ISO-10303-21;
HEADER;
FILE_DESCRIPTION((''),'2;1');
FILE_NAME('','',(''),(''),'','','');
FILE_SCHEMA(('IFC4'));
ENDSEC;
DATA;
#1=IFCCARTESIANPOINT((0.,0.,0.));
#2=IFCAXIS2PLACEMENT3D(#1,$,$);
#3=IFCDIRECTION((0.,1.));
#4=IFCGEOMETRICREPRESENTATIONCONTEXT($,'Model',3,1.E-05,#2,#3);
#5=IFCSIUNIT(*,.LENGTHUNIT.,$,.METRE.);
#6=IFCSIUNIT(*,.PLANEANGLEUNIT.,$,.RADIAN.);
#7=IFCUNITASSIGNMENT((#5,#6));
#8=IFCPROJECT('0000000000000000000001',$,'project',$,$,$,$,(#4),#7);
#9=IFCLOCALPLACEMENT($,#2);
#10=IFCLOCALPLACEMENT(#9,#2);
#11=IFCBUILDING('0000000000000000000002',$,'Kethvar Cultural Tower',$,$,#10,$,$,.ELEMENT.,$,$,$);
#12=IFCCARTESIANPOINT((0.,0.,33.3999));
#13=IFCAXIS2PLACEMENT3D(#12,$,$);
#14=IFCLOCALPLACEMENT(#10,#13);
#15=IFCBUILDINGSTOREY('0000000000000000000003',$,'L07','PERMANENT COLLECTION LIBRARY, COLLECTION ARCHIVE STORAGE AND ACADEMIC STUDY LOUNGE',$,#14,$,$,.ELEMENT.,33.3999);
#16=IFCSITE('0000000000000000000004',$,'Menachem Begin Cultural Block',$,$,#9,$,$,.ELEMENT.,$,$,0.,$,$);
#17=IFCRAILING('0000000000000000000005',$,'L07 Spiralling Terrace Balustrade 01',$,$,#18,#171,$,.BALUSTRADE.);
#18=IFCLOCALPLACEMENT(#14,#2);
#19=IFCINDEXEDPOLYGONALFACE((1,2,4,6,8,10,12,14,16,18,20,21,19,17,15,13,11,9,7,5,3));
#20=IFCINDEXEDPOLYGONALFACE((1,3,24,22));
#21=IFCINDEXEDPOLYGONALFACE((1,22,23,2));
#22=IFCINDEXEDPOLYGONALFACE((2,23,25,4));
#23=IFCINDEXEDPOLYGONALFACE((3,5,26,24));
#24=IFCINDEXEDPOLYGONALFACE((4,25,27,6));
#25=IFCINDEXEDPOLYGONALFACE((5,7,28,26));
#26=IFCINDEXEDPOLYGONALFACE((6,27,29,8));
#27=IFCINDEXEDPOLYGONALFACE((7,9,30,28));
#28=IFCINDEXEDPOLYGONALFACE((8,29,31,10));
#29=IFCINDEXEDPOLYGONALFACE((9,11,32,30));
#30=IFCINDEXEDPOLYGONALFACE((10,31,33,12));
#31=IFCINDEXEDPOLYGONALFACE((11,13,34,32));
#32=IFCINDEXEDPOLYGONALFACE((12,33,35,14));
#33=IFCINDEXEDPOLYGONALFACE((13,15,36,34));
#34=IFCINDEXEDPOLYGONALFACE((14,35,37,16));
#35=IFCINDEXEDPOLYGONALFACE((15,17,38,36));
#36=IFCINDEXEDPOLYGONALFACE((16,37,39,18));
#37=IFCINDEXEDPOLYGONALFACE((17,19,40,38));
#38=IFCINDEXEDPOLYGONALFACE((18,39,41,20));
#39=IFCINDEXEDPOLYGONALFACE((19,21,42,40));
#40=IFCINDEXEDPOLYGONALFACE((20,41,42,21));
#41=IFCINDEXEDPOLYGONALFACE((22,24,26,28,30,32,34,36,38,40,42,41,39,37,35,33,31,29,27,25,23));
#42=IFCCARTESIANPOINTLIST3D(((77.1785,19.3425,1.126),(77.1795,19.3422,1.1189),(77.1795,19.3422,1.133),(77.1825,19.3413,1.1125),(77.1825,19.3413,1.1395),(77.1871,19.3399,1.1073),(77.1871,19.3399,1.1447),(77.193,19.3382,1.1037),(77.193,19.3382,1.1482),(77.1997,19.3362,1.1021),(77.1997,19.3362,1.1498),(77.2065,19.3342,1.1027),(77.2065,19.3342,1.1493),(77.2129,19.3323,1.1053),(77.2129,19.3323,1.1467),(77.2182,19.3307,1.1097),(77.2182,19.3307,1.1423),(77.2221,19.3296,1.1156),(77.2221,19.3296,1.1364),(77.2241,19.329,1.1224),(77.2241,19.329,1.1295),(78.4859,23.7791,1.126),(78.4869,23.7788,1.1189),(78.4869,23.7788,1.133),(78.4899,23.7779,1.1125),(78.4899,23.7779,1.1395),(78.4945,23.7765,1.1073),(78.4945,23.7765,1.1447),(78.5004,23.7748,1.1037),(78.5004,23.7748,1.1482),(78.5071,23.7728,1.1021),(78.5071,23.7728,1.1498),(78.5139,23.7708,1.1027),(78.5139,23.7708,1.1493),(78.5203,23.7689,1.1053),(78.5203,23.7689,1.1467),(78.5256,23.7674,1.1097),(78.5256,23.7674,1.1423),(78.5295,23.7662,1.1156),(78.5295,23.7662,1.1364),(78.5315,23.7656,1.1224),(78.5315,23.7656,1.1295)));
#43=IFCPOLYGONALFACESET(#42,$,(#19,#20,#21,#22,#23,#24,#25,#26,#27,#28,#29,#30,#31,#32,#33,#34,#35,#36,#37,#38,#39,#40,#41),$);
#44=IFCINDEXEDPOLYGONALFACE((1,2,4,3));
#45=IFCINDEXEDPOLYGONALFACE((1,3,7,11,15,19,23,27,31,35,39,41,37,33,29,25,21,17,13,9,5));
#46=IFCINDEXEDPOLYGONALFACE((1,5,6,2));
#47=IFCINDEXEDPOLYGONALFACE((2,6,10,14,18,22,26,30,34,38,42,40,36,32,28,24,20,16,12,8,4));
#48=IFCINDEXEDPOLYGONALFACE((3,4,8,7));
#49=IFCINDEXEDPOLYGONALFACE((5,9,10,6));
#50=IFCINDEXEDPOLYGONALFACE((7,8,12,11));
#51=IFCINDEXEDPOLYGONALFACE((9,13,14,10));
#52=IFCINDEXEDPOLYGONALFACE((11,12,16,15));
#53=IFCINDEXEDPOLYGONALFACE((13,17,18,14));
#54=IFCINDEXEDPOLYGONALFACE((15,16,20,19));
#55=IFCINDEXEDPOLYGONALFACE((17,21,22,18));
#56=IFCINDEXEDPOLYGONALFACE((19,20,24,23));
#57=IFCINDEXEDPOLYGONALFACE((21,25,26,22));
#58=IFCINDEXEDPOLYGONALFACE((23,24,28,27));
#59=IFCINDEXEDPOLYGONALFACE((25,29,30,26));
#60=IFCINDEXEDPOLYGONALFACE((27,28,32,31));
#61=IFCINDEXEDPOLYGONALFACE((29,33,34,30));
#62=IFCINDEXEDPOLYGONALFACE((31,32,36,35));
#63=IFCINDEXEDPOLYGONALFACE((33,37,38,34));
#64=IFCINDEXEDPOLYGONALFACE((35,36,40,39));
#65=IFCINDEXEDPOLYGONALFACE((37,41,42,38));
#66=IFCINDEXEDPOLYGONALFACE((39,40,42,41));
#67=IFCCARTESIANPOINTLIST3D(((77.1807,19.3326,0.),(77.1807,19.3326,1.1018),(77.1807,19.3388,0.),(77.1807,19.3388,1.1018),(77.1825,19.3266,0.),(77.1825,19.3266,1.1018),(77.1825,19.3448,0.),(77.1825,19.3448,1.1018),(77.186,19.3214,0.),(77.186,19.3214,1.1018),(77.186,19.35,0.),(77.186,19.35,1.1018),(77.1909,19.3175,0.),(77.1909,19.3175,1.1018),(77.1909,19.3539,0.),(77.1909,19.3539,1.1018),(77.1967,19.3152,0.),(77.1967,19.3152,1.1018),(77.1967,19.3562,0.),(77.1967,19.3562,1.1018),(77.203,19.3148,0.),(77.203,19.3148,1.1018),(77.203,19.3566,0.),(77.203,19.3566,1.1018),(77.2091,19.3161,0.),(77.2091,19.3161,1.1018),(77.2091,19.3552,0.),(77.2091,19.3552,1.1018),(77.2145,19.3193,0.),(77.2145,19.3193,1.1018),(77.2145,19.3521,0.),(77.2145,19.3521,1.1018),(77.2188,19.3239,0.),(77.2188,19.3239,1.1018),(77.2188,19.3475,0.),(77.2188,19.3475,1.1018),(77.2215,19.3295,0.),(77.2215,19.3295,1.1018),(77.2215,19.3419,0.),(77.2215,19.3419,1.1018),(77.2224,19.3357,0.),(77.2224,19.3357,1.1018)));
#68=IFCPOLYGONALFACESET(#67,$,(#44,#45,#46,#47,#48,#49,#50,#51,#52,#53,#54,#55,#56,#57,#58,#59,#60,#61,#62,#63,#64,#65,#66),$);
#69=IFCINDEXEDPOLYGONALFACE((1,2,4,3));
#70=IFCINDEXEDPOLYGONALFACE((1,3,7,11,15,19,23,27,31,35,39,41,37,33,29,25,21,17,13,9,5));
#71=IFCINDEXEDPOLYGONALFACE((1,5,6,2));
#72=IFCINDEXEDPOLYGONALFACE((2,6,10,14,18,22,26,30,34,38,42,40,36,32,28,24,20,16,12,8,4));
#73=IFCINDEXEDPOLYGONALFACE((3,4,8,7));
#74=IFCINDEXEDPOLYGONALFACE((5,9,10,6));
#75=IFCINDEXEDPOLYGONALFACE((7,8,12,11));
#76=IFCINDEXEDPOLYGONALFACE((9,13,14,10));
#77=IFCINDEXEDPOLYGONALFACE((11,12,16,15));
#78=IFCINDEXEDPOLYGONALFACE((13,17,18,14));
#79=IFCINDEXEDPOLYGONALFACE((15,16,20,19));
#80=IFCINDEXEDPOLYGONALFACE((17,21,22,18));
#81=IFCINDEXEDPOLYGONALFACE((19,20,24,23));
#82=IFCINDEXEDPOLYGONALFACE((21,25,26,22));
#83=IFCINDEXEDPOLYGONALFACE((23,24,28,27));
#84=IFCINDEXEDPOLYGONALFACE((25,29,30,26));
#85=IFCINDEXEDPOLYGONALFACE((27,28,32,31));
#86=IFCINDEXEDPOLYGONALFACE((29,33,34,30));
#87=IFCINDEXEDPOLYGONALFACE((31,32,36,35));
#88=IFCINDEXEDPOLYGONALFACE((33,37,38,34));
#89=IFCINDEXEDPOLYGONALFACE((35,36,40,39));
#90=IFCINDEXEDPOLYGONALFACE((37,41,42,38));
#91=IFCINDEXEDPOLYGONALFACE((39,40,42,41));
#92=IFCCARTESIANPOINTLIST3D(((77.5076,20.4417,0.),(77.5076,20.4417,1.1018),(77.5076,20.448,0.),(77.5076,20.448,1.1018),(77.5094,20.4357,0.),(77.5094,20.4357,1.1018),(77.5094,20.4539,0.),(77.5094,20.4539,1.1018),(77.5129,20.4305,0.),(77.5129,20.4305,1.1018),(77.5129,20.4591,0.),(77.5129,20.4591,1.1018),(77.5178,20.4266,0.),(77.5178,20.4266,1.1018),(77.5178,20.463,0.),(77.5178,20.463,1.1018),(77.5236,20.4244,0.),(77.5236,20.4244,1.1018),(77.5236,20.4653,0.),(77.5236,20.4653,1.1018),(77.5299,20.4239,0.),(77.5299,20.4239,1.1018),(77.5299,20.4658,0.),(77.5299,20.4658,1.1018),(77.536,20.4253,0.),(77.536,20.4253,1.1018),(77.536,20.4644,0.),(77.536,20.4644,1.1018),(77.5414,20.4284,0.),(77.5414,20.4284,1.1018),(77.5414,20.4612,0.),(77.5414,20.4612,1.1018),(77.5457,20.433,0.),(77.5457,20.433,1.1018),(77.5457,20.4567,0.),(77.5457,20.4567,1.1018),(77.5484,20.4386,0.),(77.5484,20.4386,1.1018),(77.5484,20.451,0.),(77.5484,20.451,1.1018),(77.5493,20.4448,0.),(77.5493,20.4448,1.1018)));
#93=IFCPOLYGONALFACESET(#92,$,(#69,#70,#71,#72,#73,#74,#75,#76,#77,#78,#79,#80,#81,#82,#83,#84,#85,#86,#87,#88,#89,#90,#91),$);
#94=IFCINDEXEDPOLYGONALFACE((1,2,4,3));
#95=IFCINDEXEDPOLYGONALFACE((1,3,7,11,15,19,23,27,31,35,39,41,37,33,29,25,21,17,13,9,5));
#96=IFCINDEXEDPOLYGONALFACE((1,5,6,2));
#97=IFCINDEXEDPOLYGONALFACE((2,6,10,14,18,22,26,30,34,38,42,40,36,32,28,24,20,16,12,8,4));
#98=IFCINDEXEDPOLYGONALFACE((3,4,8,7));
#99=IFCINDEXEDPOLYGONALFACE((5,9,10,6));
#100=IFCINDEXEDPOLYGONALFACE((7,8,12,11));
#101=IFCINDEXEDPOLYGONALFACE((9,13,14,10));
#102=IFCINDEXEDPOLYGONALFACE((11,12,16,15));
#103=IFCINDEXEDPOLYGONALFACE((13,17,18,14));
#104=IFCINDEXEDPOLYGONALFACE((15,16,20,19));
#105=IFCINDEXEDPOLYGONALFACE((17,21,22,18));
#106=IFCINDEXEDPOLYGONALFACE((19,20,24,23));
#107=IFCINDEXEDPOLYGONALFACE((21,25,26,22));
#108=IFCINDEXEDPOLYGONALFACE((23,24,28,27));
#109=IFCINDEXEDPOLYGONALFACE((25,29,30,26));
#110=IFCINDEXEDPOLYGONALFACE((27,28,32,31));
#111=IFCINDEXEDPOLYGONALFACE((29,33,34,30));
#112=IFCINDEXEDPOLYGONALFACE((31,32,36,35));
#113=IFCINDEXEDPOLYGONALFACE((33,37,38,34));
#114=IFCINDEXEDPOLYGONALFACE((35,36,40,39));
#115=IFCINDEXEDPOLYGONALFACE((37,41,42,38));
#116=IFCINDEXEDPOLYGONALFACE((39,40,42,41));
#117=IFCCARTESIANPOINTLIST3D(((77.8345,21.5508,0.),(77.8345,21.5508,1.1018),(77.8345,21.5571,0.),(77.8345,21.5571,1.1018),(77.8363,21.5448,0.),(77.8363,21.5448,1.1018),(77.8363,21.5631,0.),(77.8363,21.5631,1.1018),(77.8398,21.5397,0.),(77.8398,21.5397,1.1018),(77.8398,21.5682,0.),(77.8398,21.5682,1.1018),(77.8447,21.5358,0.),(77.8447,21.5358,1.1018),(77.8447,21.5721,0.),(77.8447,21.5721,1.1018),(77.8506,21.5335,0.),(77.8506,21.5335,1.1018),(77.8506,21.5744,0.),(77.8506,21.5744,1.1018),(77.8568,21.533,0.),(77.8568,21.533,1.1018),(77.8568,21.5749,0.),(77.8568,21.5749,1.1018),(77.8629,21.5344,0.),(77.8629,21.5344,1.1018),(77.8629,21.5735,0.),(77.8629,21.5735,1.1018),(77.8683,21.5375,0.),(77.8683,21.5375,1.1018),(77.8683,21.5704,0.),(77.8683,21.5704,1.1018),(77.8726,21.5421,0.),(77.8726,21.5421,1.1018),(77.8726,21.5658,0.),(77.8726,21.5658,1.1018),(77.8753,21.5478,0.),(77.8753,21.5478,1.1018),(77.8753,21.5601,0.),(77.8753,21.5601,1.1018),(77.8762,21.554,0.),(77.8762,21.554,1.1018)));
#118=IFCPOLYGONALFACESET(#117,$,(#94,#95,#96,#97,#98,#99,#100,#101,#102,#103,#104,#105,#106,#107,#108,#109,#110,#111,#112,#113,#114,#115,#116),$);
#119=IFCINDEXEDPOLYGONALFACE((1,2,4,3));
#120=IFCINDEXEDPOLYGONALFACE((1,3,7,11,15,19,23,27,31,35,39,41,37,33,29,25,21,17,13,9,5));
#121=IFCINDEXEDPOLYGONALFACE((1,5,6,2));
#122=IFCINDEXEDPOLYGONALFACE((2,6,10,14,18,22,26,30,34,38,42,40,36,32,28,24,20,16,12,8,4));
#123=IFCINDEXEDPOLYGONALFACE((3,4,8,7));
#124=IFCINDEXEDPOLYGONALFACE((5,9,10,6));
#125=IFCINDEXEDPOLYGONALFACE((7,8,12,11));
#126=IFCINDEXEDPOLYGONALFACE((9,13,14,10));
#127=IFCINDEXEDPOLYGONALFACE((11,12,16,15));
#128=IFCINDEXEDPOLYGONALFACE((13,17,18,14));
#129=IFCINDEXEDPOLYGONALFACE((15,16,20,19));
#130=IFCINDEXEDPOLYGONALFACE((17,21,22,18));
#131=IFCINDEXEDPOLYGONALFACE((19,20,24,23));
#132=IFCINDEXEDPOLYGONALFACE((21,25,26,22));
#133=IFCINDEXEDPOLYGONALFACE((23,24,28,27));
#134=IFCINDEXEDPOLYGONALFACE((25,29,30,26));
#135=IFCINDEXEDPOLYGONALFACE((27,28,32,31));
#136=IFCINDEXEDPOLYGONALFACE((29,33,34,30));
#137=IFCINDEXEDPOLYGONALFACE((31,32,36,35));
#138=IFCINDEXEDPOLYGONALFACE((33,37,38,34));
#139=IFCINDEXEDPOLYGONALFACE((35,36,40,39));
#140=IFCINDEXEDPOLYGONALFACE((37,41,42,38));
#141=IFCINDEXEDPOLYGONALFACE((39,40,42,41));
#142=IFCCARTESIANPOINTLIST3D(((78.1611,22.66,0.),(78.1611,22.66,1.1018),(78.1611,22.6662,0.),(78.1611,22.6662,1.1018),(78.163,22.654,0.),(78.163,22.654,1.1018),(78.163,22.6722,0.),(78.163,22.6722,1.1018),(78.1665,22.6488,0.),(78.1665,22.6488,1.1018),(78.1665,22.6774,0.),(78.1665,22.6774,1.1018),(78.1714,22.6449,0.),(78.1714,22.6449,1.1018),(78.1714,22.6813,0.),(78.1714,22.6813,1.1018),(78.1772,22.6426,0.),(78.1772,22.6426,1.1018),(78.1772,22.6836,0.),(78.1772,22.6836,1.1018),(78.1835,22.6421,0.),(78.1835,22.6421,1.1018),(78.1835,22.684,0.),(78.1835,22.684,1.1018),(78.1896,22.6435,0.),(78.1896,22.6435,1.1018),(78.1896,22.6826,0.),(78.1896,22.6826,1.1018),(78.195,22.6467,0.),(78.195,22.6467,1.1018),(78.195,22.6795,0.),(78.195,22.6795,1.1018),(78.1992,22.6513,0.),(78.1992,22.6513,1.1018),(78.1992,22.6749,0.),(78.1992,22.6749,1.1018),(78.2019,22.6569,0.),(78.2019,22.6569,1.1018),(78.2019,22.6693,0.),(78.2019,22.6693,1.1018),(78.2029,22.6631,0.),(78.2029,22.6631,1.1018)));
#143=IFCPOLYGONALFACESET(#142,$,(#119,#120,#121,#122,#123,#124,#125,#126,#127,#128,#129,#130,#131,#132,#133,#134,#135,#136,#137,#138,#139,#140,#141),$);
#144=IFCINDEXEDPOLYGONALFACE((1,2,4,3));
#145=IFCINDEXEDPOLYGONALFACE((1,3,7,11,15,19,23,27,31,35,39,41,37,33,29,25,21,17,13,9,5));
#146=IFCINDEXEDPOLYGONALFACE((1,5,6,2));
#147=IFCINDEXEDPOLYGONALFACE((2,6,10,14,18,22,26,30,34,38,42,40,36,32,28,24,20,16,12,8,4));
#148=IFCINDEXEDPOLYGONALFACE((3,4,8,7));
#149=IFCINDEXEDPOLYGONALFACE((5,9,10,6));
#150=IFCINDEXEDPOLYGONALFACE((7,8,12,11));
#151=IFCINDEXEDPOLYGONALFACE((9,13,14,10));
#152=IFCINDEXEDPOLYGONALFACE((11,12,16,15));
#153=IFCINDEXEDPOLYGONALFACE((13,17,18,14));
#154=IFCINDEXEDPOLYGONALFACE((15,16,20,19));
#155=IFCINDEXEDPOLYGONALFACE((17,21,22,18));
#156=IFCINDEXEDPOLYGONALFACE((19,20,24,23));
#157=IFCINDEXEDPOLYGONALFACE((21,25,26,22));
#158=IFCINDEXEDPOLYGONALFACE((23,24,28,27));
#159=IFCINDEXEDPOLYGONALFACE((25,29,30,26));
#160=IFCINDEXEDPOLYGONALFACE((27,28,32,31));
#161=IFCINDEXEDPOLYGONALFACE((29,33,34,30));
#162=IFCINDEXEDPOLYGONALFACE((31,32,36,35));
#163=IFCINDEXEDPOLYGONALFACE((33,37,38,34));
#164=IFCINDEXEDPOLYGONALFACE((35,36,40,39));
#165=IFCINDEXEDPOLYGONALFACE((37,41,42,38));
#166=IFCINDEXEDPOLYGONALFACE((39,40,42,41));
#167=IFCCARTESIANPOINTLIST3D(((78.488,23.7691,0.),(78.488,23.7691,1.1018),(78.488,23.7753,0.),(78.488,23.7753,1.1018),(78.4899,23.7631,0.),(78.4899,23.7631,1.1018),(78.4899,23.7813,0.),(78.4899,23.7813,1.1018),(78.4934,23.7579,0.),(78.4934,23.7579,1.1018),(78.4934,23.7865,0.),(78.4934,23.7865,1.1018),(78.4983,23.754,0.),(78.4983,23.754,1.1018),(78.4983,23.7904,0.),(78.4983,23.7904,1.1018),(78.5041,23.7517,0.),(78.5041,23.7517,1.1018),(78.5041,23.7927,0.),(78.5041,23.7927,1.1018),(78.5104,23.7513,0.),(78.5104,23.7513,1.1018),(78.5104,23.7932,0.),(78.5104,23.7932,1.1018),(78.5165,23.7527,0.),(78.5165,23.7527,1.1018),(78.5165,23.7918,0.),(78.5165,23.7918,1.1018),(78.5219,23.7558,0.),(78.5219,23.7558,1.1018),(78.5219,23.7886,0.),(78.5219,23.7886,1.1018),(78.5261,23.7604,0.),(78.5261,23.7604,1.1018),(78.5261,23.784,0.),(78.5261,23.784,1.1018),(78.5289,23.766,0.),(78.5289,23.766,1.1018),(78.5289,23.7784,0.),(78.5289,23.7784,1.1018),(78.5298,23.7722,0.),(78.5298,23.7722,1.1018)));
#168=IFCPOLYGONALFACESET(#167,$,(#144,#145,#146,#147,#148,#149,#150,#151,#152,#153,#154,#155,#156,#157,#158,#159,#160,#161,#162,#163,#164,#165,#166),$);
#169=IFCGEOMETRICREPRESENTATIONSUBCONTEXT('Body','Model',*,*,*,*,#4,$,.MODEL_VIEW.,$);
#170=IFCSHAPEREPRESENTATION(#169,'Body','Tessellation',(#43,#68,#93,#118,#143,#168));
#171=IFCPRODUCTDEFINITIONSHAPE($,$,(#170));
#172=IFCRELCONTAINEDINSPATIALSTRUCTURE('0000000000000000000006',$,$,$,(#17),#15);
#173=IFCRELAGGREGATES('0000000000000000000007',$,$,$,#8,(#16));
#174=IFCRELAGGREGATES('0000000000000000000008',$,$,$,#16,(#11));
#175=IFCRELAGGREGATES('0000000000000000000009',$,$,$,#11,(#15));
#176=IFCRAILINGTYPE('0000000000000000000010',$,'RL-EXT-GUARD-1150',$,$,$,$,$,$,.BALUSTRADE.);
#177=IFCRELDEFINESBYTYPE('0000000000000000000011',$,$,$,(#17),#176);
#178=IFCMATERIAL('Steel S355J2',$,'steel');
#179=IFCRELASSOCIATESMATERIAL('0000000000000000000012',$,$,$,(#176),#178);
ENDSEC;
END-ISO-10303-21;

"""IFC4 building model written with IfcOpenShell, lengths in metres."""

from ifc_helpers import new_model, si_unit, direction, frame, origin, origin_2d, place, context, subcontext, project, spatial, circle, extrude, material, type_object, element, save


model = new_model("IFC4")

# Units and contexts
model_context = context("Model", 3, precision=1e-05, world=origin(), true_north=direction((0.0, 1.0)))
body_context = subcontext(model_context, "Body", "Model", "MODEL_VIEW")
ifc_project = project(units=[si_unit("LENGTHUNIT", "METRE"), si_unit("PLANEANGLEUNIT", "RADIAN")], contexts=[model_context])

# Site, building, storey
site_placement = place(None, origin())
site = spatial("IfcSite", under=ifc_project, at=site_placement, Name="Menachem Begin Cultural Block", CompositionType="ELEMENT", RefElevation=0.0)
building_placement = place(site_placement, origin())
building = spatial("IfcBuilding", under=site, at=building_placement, Name="Kethvar Cultural Tower", CompositionType="ELEMENT")
storey_placement = place(building_placement, frame((0.0, 0.0, 33.3999)))
storey = spatial("IfcBuildingStorey", under=building, at=storey_placement, Name="L07", Description="PERMANENT COLLECTION LIBRARY, COLLECTION ARCHIVE STORAGE AND ACADEMIC STUDY LOUNGE", CompositionType="ELEMENT", Elevation=33.3999)

# Shared definitions
ifc_material_1 = material(Name="Steel S355J2", Category="steel")

# Railing
railing_type = type_object("IfcRailingType", Name="RL-EXT-GUARD-1150", PredefinedType="BALUSTRADE", material=ifc_material_1)
railing_1_placement = place(storey_placement, frame((77.2014, 19.3357, 0.0)))
element("IfcRailing", 1, at=railing_1_placement, inside=storey, type_object=railing_type, Name="L07 Spiralling Terrace Balustrade 01", PredefinedType="BALUSTRADE", context=body_context, shape_type="SweptSolid", body=[
    extrude(circle(Radius=0.0239, at=origin_2d()), frame((0.0, 0.0, 1.126), z_axis=(0.282666, 0.959218, 0.0), x_axis=(-0.959218, 0.282666, 0.0)), (0.0, 0.0, 1.0), 4.6252),
    extrude(circle(Radius=0.021, at=origin_2d()), origin(), (0.0, 0.0, 1.0), 1.1018),
    extrude(circle(Radius=0.021, at=origin_2d()), frame((0.3269, 1.1091, 0.0)), (0.0, 0.0, 1.0), 1.1018),
    extrude(circle(Radius=0.021, at=origin_2d()), frame((0.6538, 2.2183, 0.0)), (0.0, 0.0, 1.0), 1.1018),
    extrude(circle(Radius=0.021, at=origin_2d()), frame((0.9805, 3.3274, 0.0)), (0.0, 0.0, 1.0), 1.1018),
    extrude(circle(Radius=0.021, at=origin_2d()), frame((1.3074, 4.4365, 0.0)), (0.0, 0.0, 1.0), 1.1018),
])

save(model, "model.ifc")
